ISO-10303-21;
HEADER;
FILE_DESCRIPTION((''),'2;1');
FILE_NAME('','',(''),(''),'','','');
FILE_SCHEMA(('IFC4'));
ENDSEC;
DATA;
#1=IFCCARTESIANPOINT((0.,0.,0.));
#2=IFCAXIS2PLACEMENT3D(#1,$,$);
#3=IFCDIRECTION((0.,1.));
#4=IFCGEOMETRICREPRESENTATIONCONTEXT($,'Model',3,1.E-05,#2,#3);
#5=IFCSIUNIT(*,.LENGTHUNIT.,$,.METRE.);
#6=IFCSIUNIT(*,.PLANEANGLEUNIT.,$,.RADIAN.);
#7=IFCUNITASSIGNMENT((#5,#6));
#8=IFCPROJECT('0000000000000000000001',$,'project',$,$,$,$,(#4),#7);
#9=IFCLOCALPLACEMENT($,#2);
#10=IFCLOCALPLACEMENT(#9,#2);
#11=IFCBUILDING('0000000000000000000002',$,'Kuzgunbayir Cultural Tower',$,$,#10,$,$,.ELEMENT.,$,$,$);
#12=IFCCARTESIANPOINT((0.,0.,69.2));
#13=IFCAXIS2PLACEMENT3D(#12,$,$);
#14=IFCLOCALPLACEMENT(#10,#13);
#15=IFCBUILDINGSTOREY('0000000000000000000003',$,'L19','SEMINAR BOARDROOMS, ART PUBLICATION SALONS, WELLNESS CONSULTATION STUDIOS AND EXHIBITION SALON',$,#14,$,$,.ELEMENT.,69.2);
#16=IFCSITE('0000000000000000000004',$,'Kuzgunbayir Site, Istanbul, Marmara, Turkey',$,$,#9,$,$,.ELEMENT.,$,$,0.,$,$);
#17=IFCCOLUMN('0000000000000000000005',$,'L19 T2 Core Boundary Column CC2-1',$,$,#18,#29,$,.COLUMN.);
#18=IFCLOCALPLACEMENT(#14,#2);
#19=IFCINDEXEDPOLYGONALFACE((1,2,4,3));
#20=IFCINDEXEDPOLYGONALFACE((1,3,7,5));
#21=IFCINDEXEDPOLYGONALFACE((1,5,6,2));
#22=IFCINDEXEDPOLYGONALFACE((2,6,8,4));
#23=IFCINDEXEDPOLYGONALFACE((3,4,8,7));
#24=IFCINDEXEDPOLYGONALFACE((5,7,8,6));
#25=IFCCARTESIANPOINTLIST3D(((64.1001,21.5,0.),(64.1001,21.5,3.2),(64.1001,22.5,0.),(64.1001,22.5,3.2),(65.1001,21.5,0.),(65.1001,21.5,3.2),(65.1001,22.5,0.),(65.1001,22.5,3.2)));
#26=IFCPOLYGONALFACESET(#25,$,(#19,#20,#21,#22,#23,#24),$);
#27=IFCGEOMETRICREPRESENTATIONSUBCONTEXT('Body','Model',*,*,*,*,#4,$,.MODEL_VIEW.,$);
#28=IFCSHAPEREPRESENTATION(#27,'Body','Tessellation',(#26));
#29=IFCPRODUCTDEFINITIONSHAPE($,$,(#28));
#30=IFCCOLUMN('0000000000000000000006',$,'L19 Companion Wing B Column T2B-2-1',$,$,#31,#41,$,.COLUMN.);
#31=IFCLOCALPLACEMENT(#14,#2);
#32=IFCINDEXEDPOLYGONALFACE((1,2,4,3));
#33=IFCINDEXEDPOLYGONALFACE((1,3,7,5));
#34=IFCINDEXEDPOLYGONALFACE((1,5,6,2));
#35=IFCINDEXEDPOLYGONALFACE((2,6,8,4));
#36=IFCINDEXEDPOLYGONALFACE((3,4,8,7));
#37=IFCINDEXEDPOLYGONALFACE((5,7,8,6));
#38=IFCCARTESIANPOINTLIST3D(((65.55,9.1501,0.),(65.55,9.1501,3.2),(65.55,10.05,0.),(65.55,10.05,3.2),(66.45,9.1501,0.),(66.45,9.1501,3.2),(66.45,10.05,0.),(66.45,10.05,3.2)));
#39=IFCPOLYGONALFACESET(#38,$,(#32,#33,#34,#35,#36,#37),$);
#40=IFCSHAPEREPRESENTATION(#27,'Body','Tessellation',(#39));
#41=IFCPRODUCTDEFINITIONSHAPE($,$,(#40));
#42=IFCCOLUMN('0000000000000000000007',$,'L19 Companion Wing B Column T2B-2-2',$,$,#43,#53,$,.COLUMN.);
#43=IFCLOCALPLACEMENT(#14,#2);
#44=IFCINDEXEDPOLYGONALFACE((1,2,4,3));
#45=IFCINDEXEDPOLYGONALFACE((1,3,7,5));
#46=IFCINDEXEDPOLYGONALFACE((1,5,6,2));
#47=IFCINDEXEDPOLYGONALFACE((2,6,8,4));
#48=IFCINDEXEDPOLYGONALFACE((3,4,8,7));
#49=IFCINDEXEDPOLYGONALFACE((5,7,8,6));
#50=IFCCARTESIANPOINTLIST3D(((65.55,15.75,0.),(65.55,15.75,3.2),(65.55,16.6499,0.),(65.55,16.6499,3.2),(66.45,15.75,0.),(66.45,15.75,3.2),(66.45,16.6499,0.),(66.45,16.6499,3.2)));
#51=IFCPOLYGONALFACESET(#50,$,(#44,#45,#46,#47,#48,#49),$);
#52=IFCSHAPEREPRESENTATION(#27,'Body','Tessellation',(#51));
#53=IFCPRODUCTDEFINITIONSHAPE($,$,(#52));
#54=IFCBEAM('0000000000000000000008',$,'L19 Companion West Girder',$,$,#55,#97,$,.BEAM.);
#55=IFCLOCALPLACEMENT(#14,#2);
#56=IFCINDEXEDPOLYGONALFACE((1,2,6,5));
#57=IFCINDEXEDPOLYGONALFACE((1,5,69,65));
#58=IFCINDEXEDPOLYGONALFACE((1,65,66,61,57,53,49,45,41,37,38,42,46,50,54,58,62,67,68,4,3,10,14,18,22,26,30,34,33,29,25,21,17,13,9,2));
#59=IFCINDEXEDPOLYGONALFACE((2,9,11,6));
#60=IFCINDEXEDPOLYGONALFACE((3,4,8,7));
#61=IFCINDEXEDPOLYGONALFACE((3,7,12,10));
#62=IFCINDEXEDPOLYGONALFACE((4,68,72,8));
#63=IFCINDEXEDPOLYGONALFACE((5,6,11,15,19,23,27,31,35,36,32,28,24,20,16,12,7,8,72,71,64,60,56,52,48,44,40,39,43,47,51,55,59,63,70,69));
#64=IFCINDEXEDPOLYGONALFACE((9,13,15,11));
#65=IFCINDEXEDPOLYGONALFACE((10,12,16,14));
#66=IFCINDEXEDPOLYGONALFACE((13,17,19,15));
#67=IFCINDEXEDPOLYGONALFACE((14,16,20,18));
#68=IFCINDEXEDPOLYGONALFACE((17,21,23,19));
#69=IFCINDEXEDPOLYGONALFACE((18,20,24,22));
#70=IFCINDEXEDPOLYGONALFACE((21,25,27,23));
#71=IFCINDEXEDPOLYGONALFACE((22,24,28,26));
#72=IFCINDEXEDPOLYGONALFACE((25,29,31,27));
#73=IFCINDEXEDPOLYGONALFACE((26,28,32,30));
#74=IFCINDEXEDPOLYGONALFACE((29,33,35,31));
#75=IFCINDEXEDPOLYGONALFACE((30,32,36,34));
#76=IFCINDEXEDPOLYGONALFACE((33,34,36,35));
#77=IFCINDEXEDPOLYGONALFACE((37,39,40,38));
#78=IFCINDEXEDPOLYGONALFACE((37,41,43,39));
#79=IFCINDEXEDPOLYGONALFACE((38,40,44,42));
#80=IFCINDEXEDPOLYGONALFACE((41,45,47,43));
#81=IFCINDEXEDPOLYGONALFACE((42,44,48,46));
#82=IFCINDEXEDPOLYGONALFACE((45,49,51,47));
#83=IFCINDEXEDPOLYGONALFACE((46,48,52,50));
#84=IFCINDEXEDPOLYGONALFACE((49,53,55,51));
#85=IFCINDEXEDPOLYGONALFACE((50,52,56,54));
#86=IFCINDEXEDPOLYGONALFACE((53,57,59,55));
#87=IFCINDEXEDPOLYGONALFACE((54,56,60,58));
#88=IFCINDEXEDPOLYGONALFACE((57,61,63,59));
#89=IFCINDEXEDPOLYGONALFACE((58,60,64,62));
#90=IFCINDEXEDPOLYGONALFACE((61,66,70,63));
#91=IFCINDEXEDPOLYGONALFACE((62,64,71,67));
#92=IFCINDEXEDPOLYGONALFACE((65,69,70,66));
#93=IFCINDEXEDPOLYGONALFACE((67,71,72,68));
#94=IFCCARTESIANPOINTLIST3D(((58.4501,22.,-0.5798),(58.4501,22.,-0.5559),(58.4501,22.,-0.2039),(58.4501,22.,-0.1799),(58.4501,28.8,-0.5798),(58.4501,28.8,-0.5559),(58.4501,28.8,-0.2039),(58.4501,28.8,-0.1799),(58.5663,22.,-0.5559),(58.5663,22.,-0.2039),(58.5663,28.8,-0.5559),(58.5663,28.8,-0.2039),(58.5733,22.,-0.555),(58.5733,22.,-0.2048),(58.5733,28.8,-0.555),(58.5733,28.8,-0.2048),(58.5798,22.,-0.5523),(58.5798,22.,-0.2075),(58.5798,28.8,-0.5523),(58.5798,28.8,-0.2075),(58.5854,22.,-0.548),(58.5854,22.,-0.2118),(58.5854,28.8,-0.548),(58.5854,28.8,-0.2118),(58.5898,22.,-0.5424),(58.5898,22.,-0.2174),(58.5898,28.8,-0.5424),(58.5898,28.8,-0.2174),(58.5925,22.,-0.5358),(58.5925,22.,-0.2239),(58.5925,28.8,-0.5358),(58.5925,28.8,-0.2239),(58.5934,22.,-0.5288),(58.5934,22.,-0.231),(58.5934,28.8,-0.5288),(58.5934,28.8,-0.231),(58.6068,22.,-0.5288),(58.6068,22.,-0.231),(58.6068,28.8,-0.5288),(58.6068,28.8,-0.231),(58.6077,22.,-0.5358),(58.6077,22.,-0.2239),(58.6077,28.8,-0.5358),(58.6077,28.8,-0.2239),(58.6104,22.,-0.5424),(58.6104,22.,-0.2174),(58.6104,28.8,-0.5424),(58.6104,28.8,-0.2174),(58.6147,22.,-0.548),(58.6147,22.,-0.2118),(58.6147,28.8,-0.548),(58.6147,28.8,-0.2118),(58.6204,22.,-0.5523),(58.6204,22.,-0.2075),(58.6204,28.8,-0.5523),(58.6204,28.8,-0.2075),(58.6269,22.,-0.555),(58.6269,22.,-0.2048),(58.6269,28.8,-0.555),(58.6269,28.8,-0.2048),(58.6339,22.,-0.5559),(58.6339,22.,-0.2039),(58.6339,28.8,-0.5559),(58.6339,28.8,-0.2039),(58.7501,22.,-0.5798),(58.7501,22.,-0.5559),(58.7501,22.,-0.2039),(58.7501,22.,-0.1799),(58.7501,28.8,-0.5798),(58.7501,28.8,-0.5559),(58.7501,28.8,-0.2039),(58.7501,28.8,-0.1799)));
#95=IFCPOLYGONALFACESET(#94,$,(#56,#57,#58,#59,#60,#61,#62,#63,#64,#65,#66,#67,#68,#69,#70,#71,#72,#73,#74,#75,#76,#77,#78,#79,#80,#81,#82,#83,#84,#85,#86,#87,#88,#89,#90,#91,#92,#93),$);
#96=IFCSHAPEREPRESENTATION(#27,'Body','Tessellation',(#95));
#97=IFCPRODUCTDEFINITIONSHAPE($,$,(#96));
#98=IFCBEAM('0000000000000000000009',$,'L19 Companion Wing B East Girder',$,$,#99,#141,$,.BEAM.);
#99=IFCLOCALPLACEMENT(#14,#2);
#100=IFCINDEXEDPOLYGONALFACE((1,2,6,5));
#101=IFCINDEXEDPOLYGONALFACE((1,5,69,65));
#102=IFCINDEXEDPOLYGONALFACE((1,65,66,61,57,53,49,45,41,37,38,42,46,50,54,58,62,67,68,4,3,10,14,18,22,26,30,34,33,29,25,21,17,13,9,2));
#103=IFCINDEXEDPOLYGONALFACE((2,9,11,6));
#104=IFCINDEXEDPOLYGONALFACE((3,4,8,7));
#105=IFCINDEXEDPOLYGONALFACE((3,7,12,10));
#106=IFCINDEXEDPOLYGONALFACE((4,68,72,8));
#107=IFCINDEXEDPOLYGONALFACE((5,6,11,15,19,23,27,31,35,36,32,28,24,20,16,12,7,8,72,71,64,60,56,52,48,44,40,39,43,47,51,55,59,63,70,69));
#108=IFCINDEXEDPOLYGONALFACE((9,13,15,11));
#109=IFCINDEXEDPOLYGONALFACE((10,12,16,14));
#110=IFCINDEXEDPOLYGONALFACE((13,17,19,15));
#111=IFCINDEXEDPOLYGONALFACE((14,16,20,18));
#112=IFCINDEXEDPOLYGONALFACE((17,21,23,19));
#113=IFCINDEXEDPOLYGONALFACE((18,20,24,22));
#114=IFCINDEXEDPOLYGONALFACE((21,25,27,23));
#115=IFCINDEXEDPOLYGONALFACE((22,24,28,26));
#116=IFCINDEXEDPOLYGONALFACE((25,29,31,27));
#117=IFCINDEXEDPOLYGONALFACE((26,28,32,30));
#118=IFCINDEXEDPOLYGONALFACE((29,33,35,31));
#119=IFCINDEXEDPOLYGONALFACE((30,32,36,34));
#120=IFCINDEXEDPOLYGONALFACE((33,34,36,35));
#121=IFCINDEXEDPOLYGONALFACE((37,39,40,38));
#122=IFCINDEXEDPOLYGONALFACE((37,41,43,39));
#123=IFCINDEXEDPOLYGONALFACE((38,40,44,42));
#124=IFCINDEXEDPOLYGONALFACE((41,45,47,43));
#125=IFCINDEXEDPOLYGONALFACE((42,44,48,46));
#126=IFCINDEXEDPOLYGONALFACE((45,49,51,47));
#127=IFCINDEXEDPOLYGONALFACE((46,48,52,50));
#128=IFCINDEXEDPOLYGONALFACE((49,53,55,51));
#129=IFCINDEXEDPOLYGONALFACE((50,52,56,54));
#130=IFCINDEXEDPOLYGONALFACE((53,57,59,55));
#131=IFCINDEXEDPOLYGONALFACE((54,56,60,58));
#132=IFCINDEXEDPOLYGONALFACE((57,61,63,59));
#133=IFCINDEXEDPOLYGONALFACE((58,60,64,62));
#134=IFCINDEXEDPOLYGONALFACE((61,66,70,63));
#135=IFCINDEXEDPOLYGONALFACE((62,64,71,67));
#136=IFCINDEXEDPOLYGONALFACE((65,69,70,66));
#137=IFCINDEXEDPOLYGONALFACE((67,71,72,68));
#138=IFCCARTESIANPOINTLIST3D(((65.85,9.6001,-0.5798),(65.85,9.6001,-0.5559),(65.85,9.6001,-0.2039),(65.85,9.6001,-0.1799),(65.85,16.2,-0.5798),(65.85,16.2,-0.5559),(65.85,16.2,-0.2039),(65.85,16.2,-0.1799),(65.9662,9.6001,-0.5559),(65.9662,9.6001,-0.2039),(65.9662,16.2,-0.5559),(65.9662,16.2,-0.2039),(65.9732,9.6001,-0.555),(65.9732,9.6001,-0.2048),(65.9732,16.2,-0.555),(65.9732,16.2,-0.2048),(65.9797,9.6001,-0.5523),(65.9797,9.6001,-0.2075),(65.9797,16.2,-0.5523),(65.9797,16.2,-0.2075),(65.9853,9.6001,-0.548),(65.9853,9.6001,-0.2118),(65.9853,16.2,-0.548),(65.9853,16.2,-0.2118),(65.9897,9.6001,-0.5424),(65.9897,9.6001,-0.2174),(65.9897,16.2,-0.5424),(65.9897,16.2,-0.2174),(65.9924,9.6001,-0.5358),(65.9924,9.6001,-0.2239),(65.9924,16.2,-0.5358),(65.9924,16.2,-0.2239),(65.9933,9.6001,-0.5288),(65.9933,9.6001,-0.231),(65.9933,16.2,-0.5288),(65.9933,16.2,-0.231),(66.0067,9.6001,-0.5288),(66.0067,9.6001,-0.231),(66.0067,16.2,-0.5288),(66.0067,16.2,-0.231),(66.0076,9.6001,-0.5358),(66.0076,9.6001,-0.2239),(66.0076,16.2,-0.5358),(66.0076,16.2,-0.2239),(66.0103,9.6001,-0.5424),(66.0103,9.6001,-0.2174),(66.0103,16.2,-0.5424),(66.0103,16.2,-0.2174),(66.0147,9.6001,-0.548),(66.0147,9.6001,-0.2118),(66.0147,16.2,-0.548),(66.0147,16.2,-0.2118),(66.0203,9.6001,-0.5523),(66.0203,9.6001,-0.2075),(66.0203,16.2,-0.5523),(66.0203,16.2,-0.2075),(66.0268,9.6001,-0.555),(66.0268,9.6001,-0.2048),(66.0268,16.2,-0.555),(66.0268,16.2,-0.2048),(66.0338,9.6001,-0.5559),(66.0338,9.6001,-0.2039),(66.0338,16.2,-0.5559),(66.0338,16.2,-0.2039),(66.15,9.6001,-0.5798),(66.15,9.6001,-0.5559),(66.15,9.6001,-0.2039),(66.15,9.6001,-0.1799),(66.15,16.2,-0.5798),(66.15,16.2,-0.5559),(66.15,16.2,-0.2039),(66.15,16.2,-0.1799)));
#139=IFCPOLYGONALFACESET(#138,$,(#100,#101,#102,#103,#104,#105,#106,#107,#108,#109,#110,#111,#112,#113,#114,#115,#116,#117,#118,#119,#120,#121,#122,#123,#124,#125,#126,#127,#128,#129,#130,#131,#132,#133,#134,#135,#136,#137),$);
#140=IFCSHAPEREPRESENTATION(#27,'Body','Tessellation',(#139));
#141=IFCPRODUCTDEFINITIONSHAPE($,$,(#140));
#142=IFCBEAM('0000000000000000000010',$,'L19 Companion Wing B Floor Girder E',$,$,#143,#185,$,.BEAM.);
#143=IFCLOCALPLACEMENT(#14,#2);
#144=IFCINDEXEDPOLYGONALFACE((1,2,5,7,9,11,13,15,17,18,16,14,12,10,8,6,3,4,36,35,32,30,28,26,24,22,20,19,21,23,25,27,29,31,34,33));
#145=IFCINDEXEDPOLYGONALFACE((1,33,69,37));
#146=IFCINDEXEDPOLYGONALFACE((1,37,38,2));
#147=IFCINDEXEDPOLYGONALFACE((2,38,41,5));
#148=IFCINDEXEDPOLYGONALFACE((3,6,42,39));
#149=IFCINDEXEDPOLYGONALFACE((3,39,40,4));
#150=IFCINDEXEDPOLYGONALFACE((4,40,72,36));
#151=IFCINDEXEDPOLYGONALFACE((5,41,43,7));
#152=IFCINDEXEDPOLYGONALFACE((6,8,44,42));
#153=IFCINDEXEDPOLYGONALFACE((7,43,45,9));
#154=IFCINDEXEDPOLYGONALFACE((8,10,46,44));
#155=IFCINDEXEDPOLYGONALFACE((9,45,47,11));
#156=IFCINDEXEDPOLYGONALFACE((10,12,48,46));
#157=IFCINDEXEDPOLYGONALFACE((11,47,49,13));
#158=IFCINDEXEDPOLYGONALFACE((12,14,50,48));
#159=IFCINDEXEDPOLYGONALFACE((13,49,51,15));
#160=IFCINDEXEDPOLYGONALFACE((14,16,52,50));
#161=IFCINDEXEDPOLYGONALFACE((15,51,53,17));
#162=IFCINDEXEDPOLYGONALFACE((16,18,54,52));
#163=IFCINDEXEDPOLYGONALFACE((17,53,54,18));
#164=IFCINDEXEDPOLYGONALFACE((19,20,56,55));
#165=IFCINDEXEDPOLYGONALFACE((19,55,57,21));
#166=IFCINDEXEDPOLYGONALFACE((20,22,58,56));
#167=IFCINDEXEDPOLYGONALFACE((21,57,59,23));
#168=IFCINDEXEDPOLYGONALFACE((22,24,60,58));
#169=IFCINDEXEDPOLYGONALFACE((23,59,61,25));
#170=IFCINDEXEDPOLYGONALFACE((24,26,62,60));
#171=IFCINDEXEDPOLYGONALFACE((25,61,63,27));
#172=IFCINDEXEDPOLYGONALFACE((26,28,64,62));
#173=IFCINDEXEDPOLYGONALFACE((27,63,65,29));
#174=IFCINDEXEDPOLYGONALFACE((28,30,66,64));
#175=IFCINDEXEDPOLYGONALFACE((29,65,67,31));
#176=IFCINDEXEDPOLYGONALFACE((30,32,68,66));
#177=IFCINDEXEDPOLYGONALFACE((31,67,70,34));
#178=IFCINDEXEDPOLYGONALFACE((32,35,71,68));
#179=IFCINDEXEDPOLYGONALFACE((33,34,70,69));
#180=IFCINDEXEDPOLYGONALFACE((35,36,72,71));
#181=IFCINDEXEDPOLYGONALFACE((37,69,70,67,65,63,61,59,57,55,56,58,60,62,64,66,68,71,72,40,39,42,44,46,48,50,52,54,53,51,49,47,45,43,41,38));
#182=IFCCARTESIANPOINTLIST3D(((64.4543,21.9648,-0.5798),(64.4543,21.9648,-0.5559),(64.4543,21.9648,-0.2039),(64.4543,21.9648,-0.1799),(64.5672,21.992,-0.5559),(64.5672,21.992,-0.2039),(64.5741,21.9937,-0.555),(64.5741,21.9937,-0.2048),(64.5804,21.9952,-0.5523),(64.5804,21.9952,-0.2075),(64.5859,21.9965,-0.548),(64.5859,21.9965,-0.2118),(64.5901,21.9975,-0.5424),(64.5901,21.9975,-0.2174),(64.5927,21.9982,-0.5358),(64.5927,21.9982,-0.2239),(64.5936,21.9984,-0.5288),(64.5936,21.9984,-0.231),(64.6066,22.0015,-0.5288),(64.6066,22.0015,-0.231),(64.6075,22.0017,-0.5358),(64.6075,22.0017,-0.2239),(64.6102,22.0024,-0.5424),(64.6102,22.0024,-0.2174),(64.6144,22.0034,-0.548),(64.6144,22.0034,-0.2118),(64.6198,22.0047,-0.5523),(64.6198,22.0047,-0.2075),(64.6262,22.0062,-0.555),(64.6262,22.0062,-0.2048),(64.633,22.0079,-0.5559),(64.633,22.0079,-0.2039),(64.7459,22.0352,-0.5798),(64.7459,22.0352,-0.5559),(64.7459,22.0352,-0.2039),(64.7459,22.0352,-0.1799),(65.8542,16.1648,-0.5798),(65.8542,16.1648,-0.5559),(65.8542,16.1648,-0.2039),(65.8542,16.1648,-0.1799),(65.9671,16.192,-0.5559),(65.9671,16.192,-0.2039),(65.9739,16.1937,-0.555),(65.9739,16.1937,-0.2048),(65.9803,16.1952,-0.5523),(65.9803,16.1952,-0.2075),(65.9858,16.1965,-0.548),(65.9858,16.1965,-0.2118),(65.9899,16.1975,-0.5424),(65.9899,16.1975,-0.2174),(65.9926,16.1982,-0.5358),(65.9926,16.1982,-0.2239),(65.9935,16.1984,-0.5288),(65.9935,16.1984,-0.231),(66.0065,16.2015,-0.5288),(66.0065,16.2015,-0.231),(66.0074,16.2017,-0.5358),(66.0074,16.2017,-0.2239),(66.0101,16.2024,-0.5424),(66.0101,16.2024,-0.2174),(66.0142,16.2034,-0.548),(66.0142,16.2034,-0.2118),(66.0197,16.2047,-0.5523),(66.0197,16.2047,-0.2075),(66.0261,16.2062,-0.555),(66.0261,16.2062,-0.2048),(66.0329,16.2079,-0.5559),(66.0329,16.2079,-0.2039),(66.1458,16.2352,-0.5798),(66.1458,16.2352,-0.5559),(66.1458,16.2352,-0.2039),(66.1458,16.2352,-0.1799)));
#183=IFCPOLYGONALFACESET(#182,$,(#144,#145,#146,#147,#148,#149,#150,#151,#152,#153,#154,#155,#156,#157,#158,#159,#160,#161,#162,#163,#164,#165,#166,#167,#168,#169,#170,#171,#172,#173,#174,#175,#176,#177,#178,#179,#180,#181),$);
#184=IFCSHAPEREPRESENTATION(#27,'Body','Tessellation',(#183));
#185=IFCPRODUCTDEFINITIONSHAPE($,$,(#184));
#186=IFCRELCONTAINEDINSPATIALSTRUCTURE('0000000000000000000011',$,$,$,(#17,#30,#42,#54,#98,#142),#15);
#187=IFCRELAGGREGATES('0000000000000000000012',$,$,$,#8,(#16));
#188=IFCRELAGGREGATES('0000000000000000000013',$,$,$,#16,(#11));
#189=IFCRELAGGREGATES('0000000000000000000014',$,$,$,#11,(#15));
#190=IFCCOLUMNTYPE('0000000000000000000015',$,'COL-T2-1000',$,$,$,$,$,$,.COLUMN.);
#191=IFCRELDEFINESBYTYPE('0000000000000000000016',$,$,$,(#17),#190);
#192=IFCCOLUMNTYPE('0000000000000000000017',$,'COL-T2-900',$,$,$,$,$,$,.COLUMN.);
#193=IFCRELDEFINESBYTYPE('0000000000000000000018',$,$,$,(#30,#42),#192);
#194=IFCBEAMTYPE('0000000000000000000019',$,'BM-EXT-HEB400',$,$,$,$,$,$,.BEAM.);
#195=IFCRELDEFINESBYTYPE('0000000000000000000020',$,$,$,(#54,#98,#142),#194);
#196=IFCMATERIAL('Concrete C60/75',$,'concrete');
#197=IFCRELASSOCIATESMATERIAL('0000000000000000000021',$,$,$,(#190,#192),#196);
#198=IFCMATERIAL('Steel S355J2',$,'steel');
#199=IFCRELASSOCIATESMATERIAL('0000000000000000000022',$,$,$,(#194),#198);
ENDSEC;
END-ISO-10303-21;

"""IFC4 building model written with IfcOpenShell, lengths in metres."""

from ifc_helpers import new_model, si_unit, direction, frame, origin, origin_2d, place, context, subcontext, project, spatial, rectangle, i_section, extrude, material, material_profile, profile_set, type_object, element, save


model = new_model("IFC4")

# Units and contexts
model_context = context("Model", 3, precision=1e-05, world=origin(), true_north=direction((0.0, 1.0)))
body_context = subcontext(model_context, "Body", "Model", "MODEL_VIEW")
ifc_project = project(units=[si_unit("LENGTHUNIT", "METRE"), si_unit("PLANEANGLEUNIT", "RADIAN")], contexts=[model_context])

# Site, building, storey
site_placement = place(None, origin())
site = spatial("IfcSite", under=ifc_project, at=site_placement, Name="Kuzgunbayir Site, Istanbul, Marmara, Turkey", CompositionType="ELEMENT", RefElevation=0.0)
building_placement = place(site_placement, origin())
building = spatial("IfcBuilding", under=site, at=building_placement, Name="Kuzgunbayir Cultural Tower", CompositionType="ELEMENT")
storey_placement = place(building_placement, frame((0.0, 0.0, 69.2)))
storey = spatial("IfcBuildingStorey", under=building, at=storey_placement, Name="L19", Description="SEMINAR BOARDROOMS, ART PUBLICATION SALONS, WELLNESS CONSULTATION STUDIOS AND EXHIBITION SALON", CompositionType="ELEMENT", Elevation=69.2)

# Columns
ifc_material_1 = material(Name="Concrete C60/75", Category="concrete")
ifc_material_profile_1 = material_profile(ifc_material_1, rectangle(XDim=1.0, YDim=1.0, at=origin_2d()), Name="RC 1000x1000")
ifc_profile_set_1 = profile_set([ifc_material_profile_1], Name="Concrete C60/75")
column_type_1 = type_object("IfcColumnType", Name="COL-T2-1000", PredefinedType="COLUMN", material=ifc_profile_set_1)
column_placement = place(storey_placement, frame((64.6001, 22.0, 0.0), z_axis=(0.0, 0.0, 1.0), x_axis=(1.0, 0.0, 0.0)))
element("IfcColumn", 1, at=column_placement, inside=storey, type_object=column_type_1, Name="L19 T2 Core Boundary Column CC2-1", PredefinedType="COLUMN", context=body_context, shape_type="SweptSolid", body=[
    extrude(rectangle(XDim=1.0, YDim=1.0, at=origin_2d()), origin(), (0.0, 0.0, 1.0), 3.2),
])
ifc_material_profile_2 = material_profile(ifc_material_1, rectangle(XDim=0.8999, YDim=0.8999, at=origin_2d()), Name="RC 900x900")
ifc_profile_set_2 = profile_set([ifc_material_profile_2], Name="Concrete C60/75")
column_type_2 = type_object("IfcColumnType", Name="COL-T2-900", PredefinedType="COLUMN", material=ifc_profile_set_2)
for number, where, z_axis, x_axis, name in (
    (2, (66.0, 9.6001, 0.0), (0.0, 0.0, 1.0), (1.0, 0.0, 0.0), "L19 Companion Wing B Column T2B-2-1"),
    (3, (66.0, 16.2, 0.0), (0.0, 0.0, 1.0), (1.0, 0.0, 0.0), "L19 Companion Wing B Column T2B-2-2"),
):
    element("IfcColumn", number, at=place(storey_placement, frame(where, z_axis=z_axis, x_axis=x_axis)), inside=storey, type_object=column_type_2, Name=name, PredefinedType="COLUMN", context=body_context, shape_type="SweptSolid", body=[
        extrude(rectangle(XDim=0.8999, YDim=0.8999, at=origin_2d()), origin(), (0.0, 0.0, 1.0), 3.2),
    ])

# Beams
ifc_material_2 = material(Name="Steel S355J2", Category="steel")
ifc_material_profile_3 = material_profile(ifc_material_2, i_section(OverallWidth=0.3, OverallDepth=0.3999, WebThickness=0.0134, FlangeThickness=0.0239, FilletRadius=0.0271, at=origin_2d()), Name="HEB 400")
ifc_profile_set_3 = profile_set([ifc_material_profile_3], Name="Steel S355J2")
beam_type_1 = type_object("IfcBeamType", Name="BM-EXT-HEB400", PredefinedType="BEAM", material=ifc_profile_set_3)
beam_1_placement = place(storey_placement, frame((58.6001, 22.0, -0.3799), z_axis=(0.0, 1.0, 0.0), x_axis=(-1.0, 0.0, 0.0)))
element("IfcBeam", 4, at=beam_1_placement, inside=storey, type_object=beam_type_1, Name="L19 Companion West Girder", PredefinedType="BEAM", context=body_context, shape_type="SweptSolid", body=[
    extrude(i_section(OverallWidth=0.3, OverallDepth=0.3999, WebThickness=0.0134, FlangeThickness=0.0239, FilletRadius=0.0271, at=origin_2d()), origin(), (0.0, 0.0, 1.0), 6.8),
])
beam_2_placement = place(storey_placement, frame((66.0, 9.6001, -0.3799), z_axis=(0.0, 1.0, 0.0), x_axis=(-1.0, 0.0, 0.0)))
element("IfcBeam", 5, at=beam_2_placement, inside=storey, type_object=beam_type_1, Name="L19 Companion Wing B East Girder", PredefinedType="BEAM", context=body_context, shape_type="SweptSolid", body=[
    extrude(i_section(OverallWidth=0.3, OverallDepth=0.3999, WebThickness=0.0134, FlangeThickness=0.0239, FilletRadius=0.0271, at=origin_2d()), origin(), (0.0, 0.0, 1.0), 6.5999),
])
beam_3_placement = place(storey_placement, frame((66.0, 16.2, -0.3799), z_axis=(-0.234623, 0.972086, 0.0), x_axis=(-0.972086, -0.234623, 0.0)))
element("IfcBeam", 6, at=beam_3_placement, inside=storey, type_object=beam_type_1, Name="L19 Companion Wing B Floor Girder E", PredefinedType="BEAM", context=body_context, shape_type="SweptSolid", body=[
    extrude(i_section(OverallWidth=0.3, OverallDepth=0.3999, WebThickness=0.0134, FlangeThickness=0.0239, FilletRadius=0.0271, at=origin_2d()), origin(), (0.0, 0.0, 1.0), 5.9666),
])

save(model, "model.ifc")
